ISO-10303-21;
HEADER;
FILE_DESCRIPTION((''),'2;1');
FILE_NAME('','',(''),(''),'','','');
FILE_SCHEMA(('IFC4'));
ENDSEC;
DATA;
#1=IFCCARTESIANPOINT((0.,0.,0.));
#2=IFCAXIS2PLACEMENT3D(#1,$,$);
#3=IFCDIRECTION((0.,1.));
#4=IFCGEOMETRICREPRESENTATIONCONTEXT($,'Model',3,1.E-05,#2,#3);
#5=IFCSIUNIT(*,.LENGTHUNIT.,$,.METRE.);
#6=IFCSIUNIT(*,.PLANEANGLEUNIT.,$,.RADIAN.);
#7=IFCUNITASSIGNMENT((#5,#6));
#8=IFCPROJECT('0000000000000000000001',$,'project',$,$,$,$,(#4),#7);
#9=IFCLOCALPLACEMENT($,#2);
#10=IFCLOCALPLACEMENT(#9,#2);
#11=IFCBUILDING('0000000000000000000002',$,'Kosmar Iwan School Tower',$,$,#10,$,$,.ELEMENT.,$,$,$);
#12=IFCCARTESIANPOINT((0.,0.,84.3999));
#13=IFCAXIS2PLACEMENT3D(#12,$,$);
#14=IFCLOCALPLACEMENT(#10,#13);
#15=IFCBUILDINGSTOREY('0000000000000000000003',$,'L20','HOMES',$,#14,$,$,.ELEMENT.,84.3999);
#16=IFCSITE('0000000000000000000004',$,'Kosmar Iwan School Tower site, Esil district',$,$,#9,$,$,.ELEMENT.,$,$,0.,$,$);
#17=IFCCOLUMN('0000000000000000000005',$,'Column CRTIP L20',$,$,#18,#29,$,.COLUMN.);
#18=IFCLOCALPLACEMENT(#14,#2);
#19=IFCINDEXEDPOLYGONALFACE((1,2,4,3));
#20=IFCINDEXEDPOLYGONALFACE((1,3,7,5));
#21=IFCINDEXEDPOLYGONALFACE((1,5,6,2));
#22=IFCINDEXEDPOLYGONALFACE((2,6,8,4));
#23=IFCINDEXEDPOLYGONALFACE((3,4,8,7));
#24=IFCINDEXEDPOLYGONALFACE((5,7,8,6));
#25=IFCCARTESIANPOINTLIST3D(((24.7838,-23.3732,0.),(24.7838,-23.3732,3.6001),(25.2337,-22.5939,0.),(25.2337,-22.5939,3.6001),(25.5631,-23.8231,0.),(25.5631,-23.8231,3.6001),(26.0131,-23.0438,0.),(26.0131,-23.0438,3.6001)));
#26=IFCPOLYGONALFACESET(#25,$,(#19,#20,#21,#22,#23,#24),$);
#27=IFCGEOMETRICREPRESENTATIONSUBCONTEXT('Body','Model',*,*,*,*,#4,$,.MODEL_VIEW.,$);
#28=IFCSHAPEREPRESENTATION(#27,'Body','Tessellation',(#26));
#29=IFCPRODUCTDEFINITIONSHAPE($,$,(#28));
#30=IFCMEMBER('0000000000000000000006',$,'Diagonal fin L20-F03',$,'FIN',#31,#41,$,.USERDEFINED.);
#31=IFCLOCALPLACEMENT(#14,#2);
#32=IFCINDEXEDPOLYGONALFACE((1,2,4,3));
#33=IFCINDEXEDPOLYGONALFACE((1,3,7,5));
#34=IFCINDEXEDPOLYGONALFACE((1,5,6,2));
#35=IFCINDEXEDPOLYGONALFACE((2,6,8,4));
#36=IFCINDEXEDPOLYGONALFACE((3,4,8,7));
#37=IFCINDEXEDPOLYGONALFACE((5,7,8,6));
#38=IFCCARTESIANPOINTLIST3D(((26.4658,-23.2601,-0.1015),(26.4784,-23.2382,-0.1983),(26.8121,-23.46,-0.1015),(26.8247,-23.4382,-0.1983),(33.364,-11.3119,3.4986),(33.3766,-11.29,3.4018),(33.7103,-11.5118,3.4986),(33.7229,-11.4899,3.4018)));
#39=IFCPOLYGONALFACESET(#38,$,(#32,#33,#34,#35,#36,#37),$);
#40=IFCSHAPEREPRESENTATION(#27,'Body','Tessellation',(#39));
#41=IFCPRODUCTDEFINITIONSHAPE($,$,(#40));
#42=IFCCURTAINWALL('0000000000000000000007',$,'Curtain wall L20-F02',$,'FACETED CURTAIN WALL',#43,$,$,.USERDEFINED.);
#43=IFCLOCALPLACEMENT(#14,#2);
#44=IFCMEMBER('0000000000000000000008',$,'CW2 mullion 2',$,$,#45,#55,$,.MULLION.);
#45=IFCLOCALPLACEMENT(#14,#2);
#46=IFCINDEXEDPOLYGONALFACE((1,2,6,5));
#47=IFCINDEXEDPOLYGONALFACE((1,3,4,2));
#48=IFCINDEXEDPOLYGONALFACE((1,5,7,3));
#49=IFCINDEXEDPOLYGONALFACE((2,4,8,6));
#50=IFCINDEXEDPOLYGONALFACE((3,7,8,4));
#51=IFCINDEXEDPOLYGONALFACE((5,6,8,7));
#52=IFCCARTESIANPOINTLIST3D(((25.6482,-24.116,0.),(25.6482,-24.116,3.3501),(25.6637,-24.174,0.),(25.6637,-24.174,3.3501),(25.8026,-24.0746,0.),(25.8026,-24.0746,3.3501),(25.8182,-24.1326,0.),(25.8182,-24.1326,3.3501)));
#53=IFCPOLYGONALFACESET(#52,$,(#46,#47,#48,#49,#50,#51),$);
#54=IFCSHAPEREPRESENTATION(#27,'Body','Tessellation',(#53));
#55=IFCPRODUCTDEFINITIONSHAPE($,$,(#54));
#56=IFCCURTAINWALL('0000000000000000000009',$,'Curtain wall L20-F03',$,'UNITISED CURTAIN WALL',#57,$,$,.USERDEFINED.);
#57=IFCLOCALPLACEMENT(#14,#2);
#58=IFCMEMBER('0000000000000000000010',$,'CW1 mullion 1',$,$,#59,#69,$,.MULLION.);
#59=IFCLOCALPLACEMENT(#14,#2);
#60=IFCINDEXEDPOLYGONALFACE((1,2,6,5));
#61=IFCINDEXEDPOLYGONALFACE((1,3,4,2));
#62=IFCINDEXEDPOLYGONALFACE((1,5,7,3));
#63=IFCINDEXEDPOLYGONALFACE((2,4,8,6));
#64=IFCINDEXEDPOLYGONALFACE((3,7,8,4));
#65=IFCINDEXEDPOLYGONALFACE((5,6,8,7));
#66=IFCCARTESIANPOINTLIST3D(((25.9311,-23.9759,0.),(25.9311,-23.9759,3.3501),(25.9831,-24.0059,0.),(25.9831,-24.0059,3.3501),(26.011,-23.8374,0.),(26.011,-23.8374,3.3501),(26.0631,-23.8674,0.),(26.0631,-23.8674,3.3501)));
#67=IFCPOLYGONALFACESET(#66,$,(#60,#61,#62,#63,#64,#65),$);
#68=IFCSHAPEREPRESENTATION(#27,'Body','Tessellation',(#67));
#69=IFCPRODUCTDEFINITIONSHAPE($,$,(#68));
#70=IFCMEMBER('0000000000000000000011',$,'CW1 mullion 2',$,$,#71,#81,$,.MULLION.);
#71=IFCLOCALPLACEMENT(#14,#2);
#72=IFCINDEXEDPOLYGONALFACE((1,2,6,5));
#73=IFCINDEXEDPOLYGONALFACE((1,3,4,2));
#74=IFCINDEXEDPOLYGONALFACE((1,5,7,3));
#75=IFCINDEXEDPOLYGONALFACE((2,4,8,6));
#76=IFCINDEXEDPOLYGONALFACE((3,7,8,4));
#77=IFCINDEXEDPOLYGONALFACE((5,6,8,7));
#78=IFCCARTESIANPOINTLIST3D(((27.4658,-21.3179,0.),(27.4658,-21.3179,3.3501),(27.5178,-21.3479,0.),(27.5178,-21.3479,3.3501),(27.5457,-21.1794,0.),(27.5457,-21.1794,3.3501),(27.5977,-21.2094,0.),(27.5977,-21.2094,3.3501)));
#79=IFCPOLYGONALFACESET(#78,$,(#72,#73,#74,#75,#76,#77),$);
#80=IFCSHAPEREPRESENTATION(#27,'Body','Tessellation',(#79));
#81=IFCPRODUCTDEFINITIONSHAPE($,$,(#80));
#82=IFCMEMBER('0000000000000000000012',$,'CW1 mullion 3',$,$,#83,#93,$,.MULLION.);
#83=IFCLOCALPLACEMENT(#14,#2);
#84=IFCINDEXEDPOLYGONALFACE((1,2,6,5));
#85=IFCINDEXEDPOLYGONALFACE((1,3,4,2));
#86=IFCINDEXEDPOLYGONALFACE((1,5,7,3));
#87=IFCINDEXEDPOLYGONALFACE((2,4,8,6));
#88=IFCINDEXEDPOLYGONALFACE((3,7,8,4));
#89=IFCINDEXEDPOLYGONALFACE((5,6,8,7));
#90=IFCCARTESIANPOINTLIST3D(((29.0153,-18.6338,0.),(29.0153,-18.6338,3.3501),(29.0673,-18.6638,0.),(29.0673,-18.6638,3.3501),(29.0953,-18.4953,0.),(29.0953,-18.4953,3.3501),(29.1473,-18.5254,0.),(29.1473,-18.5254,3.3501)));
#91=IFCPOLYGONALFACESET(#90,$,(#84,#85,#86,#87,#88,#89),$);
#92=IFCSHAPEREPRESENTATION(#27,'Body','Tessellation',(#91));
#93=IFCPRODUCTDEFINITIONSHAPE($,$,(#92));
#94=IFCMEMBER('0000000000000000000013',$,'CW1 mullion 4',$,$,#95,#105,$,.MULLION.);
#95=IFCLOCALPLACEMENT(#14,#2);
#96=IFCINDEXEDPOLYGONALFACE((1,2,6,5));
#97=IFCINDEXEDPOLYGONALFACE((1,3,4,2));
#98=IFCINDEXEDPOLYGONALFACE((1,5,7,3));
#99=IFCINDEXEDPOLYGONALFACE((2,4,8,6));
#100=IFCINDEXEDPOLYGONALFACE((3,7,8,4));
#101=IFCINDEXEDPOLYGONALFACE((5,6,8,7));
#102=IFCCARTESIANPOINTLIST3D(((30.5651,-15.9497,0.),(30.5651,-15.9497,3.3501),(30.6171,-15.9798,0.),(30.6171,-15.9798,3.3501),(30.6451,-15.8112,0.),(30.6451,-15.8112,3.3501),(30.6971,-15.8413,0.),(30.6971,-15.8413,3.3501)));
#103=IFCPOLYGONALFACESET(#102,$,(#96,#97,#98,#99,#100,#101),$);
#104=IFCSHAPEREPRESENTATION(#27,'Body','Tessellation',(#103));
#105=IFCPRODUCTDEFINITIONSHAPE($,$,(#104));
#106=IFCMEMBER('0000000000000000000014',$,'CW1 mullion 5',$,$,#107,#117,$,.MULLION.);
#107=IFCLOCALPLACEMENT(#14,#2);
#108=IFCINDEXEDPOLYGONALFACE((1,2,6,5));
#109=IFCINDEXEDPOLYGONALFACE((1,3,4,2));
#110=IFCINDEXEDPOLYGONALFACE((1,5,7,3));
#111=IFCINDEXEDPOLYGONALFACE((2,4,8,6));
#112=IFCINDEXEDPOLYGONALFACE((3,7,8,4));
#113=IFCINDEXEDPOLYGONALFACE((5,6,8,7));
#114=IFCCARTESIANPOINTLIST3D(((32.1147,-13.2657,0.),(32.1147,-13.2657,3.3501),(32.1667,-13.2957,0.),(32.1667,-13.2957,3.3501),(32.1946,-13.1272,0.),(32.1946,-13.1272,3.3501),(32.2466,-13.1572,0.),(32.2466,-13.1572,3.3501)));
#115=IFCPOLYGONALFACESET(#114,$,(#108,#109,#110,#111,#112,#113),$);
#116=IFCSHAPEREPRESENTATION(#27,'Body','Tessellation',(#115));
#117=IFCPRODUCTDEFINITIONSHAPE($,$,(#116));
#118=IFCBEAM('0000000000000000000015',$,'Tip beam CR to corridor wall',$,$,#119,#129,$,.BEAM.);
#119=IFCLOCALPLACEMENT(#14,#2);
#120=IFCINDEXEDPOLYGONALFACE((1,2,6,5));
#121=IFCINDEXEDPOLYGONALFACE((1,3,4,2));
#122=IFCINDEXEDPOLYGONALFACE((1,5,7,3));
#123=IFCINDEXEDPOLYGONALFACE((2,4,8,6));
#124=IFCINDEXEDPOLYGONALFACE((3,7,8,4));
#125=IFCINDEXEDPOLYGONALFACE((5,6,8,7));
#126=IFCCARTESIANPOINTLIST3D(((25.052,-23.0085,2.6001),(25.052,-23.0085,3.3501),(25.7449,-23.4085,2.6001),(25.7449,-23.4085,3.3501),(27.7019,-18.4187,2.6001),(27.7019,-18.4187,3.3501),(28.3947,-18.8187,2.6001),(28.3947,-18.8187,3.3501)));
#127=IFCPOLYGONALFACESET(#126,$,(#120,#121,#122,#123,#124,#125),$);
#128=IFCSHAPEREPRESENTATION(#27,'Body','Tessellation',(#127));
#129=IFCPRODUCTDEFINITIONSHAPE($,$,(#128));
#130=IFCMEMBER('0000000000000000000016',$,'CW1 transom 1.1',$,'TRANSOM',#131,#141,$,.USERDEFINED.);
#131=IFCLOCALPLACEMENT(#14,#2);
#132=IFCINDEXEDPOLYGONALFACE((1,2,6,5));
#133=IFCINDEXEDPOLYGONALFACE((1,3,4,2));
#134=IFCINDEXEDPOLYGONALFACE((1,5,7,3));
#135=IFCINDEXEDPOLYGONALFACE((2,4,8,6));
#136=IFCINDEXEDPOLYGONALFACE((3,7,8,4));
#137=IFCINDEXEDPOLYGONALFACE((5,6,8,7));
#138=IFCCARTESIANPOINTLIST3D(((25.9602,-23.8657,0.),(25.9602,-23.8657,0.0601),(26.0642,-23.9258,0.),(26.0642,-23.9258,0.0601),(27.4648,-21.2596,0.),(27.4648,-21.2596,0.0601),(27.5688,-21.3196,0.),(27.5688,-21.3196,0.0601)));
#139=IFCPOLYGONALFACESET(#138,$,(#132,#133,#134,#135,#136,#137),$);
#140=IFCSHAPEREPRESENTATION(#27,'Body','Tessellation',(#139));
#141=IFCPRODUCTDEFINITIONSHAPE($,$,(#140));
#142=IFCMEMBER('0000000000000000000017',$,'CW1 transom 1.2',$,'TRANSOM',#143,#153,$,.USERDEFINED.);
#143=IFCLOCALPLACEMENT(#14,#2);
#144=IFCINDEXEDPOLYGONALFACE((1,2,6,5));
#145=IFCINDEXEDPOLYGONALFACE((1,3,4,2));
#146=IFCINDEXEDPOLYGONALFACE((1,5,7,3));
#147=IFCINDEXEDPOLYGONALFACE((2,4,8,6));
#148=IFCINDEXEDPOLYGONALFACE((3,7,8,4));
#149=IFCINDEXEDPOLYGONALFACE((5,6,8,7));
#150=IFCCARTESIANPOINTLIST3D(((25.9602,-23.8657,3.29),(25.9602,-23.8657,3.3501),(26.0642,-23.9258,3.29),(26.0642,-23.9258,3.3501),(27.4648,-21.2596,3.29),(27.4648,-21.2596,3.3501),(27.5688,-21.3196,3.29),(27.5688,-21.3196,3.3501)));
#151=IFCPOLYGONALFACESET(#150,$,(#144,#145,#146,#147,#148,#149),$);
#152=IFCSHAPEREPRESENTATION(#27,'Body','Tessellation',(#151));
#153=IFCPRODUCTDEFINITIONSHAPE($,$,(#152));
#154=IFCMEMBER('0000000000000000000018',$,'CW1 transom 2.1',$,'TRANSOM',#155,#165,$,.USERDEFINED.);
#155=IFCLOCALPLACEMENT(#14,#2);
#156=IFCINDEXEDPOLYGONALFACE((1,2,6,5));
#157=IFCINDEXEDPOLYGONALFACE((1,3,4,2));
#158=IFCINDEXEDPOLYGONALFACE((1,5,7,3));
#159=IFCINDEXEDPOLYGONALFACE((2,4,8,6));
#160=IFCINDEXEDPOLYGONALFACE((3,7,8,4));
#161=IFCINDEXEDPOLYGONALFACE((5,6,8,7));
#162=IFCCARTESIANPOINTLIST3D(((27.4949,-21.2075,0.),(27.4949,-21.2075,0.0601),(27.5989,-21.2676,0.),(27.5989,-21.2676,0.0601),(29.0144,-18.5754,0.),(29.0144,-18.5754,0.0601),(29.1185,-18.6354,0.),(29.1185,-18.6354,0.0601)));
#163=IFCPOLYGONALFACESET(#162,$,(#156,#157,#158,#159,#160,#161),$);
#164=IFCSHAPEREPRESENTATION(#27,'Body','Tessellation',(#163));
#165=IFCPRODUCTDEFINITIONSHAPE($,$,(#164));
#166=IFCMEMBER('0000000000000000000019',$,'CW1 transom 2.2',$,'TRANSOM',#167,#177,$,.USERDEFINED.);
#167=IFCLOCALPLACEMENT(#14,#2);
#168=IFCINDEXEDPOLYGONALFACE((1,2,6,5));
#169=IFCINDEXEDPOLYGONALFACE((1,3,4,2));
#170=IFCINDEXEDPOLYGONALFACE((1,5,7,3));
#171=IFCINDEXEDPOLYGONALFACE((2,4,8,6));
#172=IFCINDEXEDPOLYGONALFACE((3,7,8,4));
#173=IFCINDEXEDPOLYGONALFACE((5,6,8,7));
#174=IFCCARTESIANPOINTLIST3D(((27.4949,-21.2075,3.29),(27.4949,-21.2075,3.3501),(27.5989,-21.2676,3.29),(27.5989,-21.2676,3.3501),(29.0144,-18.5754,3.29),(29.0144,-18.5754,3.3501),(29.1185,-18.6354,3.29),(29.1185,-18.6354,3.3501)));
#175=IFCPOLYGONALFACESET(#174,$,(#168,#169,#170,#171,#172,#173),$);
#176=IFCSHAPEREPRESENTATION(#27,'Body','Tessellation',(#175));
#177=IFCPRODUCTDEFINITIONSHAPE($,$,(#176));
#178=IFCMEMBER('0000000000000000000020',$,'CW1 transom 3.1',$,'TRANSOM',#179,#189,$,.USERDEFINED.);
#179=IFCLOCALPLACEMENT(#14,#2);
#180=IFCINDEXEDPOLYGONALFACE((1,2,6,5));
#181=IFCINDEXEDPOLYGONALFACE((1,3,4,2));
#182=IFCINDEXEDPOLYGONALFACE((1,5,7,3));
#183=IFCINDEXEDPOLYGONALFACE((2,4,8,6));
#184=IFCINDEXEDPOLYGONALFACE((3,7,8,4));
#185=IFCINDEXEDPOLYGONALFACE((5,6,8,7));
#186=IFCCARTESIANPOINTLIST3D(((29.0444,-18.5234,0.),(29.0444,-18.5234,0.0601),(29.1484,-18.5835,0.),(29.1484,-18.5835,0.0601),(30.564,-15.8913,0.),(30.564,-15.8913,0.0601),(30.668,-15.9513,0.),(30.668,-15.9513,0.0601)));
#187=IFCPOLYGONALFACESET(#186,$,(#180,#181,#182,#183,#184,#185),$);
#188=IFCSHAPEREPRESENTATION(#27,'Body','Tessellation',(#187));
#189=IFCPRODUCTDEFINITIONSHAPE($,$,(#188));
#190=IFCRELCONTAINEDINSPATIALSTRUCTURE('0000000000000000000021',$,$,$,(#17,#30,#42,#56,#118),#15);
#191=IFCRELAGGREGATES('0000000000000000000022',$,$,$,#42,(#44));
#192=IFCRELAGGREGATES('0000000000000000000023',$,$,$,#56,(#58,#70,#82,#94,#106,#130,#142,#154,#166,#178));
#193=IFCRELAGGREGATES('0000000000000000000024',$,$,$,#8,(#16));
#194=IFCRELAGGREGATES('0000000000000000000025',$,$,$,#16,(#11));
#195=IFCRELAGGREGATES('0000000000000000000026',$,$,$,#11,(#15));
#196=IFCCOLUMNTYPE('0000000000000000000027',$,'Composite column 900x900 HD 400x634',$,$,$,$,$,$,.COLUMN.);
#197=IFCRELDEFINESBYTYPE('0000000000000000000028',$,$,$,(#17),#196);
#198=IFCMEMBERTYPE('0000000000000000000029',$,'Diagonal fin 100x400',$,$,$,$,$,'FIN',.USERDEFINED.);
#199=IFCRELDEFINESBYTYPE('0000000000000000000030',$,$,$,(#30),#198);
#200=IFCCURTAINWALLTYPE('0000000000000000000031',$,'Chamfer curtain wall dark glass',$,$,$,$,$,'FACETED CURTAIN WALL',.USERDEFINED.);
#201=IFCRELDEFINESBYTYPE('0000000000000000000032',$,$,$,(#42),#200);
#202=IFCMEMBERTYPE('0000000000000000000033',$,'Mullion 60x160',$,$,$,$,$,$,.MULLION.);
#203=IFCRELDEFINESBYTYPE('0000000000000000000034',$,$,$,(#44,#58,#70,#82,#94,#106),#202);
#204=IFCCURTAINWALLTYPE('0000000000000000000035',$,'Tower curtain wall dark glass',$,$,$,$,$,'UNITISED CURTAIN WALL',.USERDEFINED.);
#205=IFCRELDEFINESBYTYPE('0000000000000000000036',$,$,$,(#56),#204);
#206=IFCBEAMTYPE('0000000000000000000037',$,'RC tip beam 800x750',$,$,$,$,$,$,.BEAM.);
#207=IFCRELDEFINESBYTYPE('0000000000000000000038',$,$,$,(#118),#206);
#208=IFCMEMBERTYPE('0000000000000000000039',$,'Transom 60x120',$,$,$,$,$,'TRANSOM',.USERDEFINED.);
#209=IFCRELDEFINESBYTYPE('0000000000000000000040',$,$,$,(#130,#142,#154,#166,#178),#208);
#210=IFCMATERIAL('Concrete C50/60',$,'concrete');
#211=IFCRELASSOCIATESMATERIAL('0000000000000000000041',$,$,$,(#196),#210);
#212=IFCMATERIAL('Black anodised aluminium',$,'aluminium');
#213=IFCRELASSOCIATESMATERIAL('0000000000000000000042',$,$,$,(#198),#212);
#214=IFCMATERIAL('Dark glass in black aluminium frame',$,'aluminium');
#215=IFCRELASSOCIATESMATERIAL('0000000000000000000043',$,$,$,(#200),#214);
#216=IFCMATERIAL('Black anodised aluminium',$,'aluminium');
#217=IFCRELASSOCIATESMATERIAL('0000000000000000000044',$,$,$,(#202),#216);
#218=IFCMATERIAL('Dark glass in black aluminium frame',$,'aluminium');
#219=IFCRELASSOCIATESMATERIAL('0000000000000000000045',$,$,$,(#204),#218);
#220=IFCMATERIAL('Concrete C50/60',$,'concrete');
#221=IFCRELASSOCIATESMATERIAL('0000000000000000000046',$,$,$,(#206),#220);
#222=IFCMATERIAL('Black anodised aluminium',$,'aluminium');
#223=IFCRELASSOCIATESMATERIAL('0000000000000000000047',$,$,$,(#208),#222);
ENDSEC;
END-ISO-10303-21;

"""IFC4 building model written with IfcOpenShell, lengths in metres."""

from ifc_helpers import new_model, si_unit, direction, frame, origin, origin_2d, place, context, subcontext, project, spatial, rectangle, extrude, material, material_profile, profile_set, type_object, element, aggregate, save


model = new_model("IFC4")

# Units and contexts
model_context = context("Model", 3, precision=1e-05, world=origin(), true_north=direction((0.0, 1.0)))
body_context = subcontext(model_context, "Body", "Model", "MODEL_VIEW")
ifc_project = project(units=[si_unit("LENGTHUNIT", "METRE"), si_unit("PLANEANGLEUNIT", "RADIAN")], contexts=[model_context])

# Site, building, storey
site_placement = place(None, origin())
site = spatial("IfcSite", under=ifc_project, at=site_placement, Name="Kosmar Iwan School Tower site, Esil district", CompositionType="ELEMENT", RefElevation=0.0)
building_placement = place(site_placement, origin())
building = spatial("IfcBuilding", under=site, at=building_placement, Name="Kosmar Iwan School Tower", CompositionType="ELEMENT")
storey_placement = place(building_placement, frame((0.0, 0.0, 84.3999)))
storey = spatial("IfcBuildingStorey", under=building, at=storey_placement, Name="L20", Description="HOMES", CompositionType="ELEMENT", Elevation=84.3999)

# Column
ifc_material_1 = material(Name="Concrete C50/60", Category="concrete")
ifc_material_profile_1 = material_profile(ifc_material_1, rectangle(XDim=0.8999, YDim=0.8999, at=origin_2d()), Name="RC 900x900 + HD 400x634")
ifc_profile_set_1 = profile_set([ifc_material_profile_1], Name="Concrete C50/60")
column_type = type_object("IfcColumnType", Name="Composite column 900x900 HD 400x634", PredefinedType="COLUMN", material=ifc_profile_set_1)
column_placement = place(storey_placement, frame((25.3984, -23.2085, 0.0), z_axis=(0.0, 0.0, 1.0), x_axis=(0.866025, -0.5, 0.0)))
element("IfcColumn", 1, at=column_placement, inside=storey, type_object=column_type, Name="Column CRTIP L20", PredefinedType="COLUMN", context=body_context, shape_type="SweptSolid", body=[
    extrude(rectangle(XDim=0.8999, YDim=0.8999, at=origin_2d()), origin(), (0.0, 0.0, 1.0), 3.6001),
])

# Member
ifc_material_2 = material(Name="Black anodised aluminium", Category="aluminium")
ifc_material_profile_2 = material_profile(ifc_material_2, rectangle(XDim=0.1001, YDim=0.3999, at=origin_2d()), Name="FIN 100x400")
ifc_profile_set_2 = profile_set([ifc_material_profile_2], Name="Black anodised aluminium")
member_type_1 = type_object("IfcMemberType", Name="Diagonal fin 100x400", ElementType="FIN", PredefinedType="USERDEFINED", material=ifc_profile_set_2)
member_1_placement = place(storey_placement, frame((26.6453, -23.3491, -0.1499), z_axis=(0.483793, 0.83797, 0.252487), x_axis=(-0.126242, -0.218661, 0.9676)))
element("IfcMember", 2, at=member_1_placement, inside=storey, type_object=member_type_1, Name="Diagonal fin L20-F03", ObjectType="FIN", PredefinedType="USERDEFINED", context=body_context, shape_type="SweptSolid", body=[
    extrude(rectangle(XDim=0.1001, YDim=0.3999, at=origin_2d()), origin(), (0.0, 0.0, 1.0), 14.2585),
])

# Curtain wall, member
ifc_material_3 = material(Name="Dark glass in black aluminium frame", Category="aluminium")
curtain_wall_type_1 = type_object("IfcCurtainWallType", Name="Chamfer curtain wall dark glass", ElementType="FACETED CURTAIN WALL", PredefinedType="USERDEFINED", material=ifc_material_3)
curtain_wall_1_placement = place(storey_placement, origin())
curtain_wall_1 = element("IfcCurtainWall", 3, at=curtain_wall_1_placement, inside=storey, type_object=curtain_wall_type_1, Name="Curtain wall L20-F02", ObjectType="FACETED CURTAIN WALL", PredefinedType="USERDEFINED")
ifc_material_4 = material(Name="Black anodised aluminium", Category="aluminium")
ifc_material_profile_3 = material_profile(ifc_material_4, rectangle(XDim=0.0601, YDim=0.1599, at=origin_2d()), Name="MULLION 60x160")
ifc_profile_set_3 = profile_set([ifc_material_profile_3], Name="Black anodised aluminium")
member_type_2 = type_object("IfcMemberType", Name="Mullion 60x160", PredefinedType="MULLION", material=ifc_profile_set_3)
member_2_placement = place(storey_placement, frame((25.7332, -24.1243, 0.0), z_axis=(0.0, 0.0, 1.0), x_axis=(-0.258819, 0.965926, 0.0)))
member_2 = element("IfcMember", 4, at=member_2_placement, type_object=member_type_2, Name="CW2 mullion 2", PredefinedType="MULLION", context=body_context, shape_type="SweptSolid", body=[
    extrude(rectangle(XDim=0.0601, YDim=0.1599, at=origin_2d()), origin(), (0.0, 0.0, 1.0), 3.3501),
])

# Curtain wall, members
ifc_material_5 = material(Name="Dark glass in black aluminium frame", Category="aluminium")
curtain_wall_type_2 = type_object("IfcCurtainWallType", Name="Tower curtain wall dark glass", ElementType="UNITISED CURTAIN WALL", PredefinedType="USERDEFINED", material=ifc_material_5)
curtain_wall_2_placement = place(storey_placement, origin())
curtain_wall_2 = element("IfcCurtainWall", 5, at=curtain_wall_2_placement, inside=storey, type_object=curtain_wall_type_2, Name="Curtain wall L20-F03", ObjectType="UNITISED CURTAIN WALL", PredefinedType="USERDEFINED")
member_3_placement = place(storey_placement, frame((25.9971, -23.9216, 0.0), z_axis=(0.0, 0.0, 1.0), x_axis=(-0.866025, 0.5, 0.0)))
member_3 = element("IfcMember", 6, at=member_3_placement, type_object=member_type_2, Name="CW1 mullion 1", PredefinedType="MULLION", context=body_context, shape_type="SweptSolid", body=[
    extrude(rectangle(XDim=0.0601, YDim=0.1599, at=origin_2d()), origin(), (0.0, 0.0, 1.0), 3.3501),
])
member_4_placement = place(storey_placement, frame((27.5317, -21.2637, 0.0), z_axis=(0.0, 0.0, 1.0), x_axis=(-0.866025, 0.5, 0.0)))
member_4 = element("IfcMember", 7, at=member_4_placement, type_object=member_type_2, Name="CW1 mullion 2", PredefinedType="MULLION", context=body_context, shape_type="SweptSolid", body=[
    extrude(rectangle(XDim=0.0601, YDim=0.1599, at=origin_2d()), origin(), (0.0, 0.0, 1.0), 3.3501),
])
member_5_placement = place(storey_placement, frame((29.0813, -18.5796, 0.0), z_axis=(0.0, 0.0, 1.0), x_axis=(-0.866025, 0.5, 0.0)))
member_5 = element("IfcMember", 8, at=member_5_placement, type_object=member_type_2, Name="CW1 mullion 3", PredefinedType="MULLION", context=body_context, shape_type="SweptSolid", body=[
    extrude(rectangle(XDim=0.0601, YDim=0.1599, at=origin_2d()), origin(), (0.0, 0.0, 1.0), 3.3501),
])
member_6_placement = place(storey_placement, frame((30.6311, -15.8955, 0.0), z_axis=(0.0, 0.0, 1.0), x_axis=(-0.866025, 0.5, 0.0)))
member_6 = element("IfcMember", 9, at=member_6_placement, type_object=member_type_2, Name="CW1 mullion 4", PredefinedType="MULLION", context=body_context, shape_type="SweptSolid", body=[
    extrude(rectangle(XDim=0.0601, YDim=0.1599, at=origin_2d()), origin(), (0.0, 0.0, 1.0), 3.3501),
])
member_7_placement = place(storey_placement, frame((32.1807, -13.2114, 0.0), z_axis=(0.0, 0.0, 1.0), x_axis=(-0.866025, 0.5, 0.0)))
member_7 = element("IfcMember", 10, at=member_7_placement, type_object=member_type_2, Name="CW1 mullion 5", PredefinedType="MULLION", context=body_context, shape_type="SweptSolid", body=[
    extrude(rectangle(XDim=0.0601, YDim=0.1599, at=origin_2d()), origin(), (0.0, 0.0, 1.0), 3.3501),
])

# Beam
ifc_material_6 = material(Name="Concrete C50/60", Category="concrete")
ifc_material_profile_4 = material_profile(ifc_material_6, rectangle(XDim=0.8, YDim=0.75, at=origin_2d()), Name="RC 800x750")
ifc_profile_set_4 = profile_set([ifc_material_profile_4], Name="Concrete C50/60")
beam_type = type_object("IfcBeamType", Name="RC tip beam 800x750", PredefinedType="BEAM", material=ifc_profile_set_4)
beam_placement = place(storey_placement, frame((25.3984, -23.2085, 2.9751), z_axis=(0.499994, 0.866029, 0.0), x_axis=(-0.866029, 0.499994, 0.0)))
element("IfcBeam", 11, at=beam_placement, inside=storey, type_object=beam_type, Name="Tip beam CR to corridor wall", PredefinedType="BEAM", context=body_context, shape_type="SweptSolid", body=[
    extrude(rectangle(XDim=0.8, YDim=0.75, at=origin_2d()), origin(), (0.0, 0.0, 1.0), 5.2998),
])

# Members
ifc_material_7 = material(Name="Black anodised aluminium", Category="aluminium")
ifc_material_profile_5 = material_profile(ifc_material_7, rectangle(XDim=0.1201, YDim=0.0601, at=origin_2d()), Name="TRANSOM 60x120")
ifc_profile_set_5 = profile_set([ifc_material_profile_5], Name="Black anodised aluminium")
member_type_3 = type_object("IfcMemberType", Name="Transom 60x120", ElementType="TRANSOM", PredefinedType="USERDEFINED", material=ifc_profile_set_5)
member_8_placement = place(storey_placement, frame((26.0122, -23.8958, 0.03), z_axis=(0.499987, 0.866033, 0.0), x_axis=(-0.866033, 0.499987, 0.0)))
member_8 = element("IfcMember", 12, at=member_8_placement, type_object=member_type_3, Name="CW1 transom 1.1", ObjectType="TRANSOM", PredefinedType="USERDEFINED", context=body_context, shape_type="SweptSolid", body=[
    extrude(rectangle(XDim=0.1201, YDim=0.0601, at=origin_2d()), origin(), (0.0, 0.0, 1.0), 3.0093),
])
member_9_placement = place(storey_placement, frame((26.0122, -23.8958, 3.3201), z_axis=(0.499987, 0.866033, 0.0), x_axis=(-0.866033, 0.499987, 0.0)))
member_9 = element("IfcMember", 13, at=member_9_placement, type_object=member_type_3, Name="CW1 transom 1.2", ObjectType="TRANSOM", PredefinedType="USERDEFINED", context=body_context, shape_type="SweptSolid", body=[
    extrude(rectangle(XDim=0.1201, YDim=0.0601, at=origin_2d()), origin(), (0.0, 0.0, 1.0), 3.0093),
])
member_10_placement = place(storey_placement, frame((27.5469, -21.2375, 0.03), z_axis=(0.499975, 0.86604, 0.0), x_axis=(-0.86604, 0.499975, 0.0)))
member_10 = element("IfcMember", 14, at=member_10_placement, type_object=member_type_3, Name="CW1 transom 2.1", ObjectType="TRANSOM", PredefinedType="USERDEFINED", context=body_context, shape_type="SweptSolid", body=[
    extrude(rectangle(XDim=0.1201, YDim=0.0601, at=origin_2d()), origin(), (0.0, 0.0, 1.0), 3.0393),
])
member_11_placement = place(storey_placement, frame((27.5469, -21.2375, 3.3201), z_axis=(0.499975, 0.86604, 0.0), x_axis=(-0.86604, 0.499975, 0.0)))
member_11 = element("IfcMember", 15, at=member_11_placement, type_object=member_type_3, Name="CW1 transom 2.2", ObjectType="TRANSOM", PredefinedType="USERDEFINED", context=body_context, shape_type="SweptSolid", body=[
    extrude(rectangle(XDim=0.1201, YDim=0.0601, at=origin_2d()), origin(), (0.0, 0.0, 1.0), 3.0393),
])
member_12_placement = place(storey_placement, frame((29.0964, -18.5535, 0.03), z_axis=(0.499975, 0.86604, 0.0), x_axis=(-0.86604, 0.499975, 0.0)))
member_12 = element("IfcMember", 16, at=member_12_placement, type_object=member_type_3, Name="CW1 transom 3.1", ObjectType="TRANSOM", PredefinedType="USERDEFINED", context=body_context, shape_type="SweptSolid", body=[
    extrude(rectangle(XDim=0.1201, YDim=0.0601, at=origin_2d()), origin(), (0.0, 0.0, 1.0), 3.0393),
])

aggregate(curtain_wall_1, [member_2])
aggregate(curtain_wall_2, [member_3, member_4, member_5, member_6, member_7, member_8, member_9, member_10, member_11, member_12])

save(model, "model.ifc")
